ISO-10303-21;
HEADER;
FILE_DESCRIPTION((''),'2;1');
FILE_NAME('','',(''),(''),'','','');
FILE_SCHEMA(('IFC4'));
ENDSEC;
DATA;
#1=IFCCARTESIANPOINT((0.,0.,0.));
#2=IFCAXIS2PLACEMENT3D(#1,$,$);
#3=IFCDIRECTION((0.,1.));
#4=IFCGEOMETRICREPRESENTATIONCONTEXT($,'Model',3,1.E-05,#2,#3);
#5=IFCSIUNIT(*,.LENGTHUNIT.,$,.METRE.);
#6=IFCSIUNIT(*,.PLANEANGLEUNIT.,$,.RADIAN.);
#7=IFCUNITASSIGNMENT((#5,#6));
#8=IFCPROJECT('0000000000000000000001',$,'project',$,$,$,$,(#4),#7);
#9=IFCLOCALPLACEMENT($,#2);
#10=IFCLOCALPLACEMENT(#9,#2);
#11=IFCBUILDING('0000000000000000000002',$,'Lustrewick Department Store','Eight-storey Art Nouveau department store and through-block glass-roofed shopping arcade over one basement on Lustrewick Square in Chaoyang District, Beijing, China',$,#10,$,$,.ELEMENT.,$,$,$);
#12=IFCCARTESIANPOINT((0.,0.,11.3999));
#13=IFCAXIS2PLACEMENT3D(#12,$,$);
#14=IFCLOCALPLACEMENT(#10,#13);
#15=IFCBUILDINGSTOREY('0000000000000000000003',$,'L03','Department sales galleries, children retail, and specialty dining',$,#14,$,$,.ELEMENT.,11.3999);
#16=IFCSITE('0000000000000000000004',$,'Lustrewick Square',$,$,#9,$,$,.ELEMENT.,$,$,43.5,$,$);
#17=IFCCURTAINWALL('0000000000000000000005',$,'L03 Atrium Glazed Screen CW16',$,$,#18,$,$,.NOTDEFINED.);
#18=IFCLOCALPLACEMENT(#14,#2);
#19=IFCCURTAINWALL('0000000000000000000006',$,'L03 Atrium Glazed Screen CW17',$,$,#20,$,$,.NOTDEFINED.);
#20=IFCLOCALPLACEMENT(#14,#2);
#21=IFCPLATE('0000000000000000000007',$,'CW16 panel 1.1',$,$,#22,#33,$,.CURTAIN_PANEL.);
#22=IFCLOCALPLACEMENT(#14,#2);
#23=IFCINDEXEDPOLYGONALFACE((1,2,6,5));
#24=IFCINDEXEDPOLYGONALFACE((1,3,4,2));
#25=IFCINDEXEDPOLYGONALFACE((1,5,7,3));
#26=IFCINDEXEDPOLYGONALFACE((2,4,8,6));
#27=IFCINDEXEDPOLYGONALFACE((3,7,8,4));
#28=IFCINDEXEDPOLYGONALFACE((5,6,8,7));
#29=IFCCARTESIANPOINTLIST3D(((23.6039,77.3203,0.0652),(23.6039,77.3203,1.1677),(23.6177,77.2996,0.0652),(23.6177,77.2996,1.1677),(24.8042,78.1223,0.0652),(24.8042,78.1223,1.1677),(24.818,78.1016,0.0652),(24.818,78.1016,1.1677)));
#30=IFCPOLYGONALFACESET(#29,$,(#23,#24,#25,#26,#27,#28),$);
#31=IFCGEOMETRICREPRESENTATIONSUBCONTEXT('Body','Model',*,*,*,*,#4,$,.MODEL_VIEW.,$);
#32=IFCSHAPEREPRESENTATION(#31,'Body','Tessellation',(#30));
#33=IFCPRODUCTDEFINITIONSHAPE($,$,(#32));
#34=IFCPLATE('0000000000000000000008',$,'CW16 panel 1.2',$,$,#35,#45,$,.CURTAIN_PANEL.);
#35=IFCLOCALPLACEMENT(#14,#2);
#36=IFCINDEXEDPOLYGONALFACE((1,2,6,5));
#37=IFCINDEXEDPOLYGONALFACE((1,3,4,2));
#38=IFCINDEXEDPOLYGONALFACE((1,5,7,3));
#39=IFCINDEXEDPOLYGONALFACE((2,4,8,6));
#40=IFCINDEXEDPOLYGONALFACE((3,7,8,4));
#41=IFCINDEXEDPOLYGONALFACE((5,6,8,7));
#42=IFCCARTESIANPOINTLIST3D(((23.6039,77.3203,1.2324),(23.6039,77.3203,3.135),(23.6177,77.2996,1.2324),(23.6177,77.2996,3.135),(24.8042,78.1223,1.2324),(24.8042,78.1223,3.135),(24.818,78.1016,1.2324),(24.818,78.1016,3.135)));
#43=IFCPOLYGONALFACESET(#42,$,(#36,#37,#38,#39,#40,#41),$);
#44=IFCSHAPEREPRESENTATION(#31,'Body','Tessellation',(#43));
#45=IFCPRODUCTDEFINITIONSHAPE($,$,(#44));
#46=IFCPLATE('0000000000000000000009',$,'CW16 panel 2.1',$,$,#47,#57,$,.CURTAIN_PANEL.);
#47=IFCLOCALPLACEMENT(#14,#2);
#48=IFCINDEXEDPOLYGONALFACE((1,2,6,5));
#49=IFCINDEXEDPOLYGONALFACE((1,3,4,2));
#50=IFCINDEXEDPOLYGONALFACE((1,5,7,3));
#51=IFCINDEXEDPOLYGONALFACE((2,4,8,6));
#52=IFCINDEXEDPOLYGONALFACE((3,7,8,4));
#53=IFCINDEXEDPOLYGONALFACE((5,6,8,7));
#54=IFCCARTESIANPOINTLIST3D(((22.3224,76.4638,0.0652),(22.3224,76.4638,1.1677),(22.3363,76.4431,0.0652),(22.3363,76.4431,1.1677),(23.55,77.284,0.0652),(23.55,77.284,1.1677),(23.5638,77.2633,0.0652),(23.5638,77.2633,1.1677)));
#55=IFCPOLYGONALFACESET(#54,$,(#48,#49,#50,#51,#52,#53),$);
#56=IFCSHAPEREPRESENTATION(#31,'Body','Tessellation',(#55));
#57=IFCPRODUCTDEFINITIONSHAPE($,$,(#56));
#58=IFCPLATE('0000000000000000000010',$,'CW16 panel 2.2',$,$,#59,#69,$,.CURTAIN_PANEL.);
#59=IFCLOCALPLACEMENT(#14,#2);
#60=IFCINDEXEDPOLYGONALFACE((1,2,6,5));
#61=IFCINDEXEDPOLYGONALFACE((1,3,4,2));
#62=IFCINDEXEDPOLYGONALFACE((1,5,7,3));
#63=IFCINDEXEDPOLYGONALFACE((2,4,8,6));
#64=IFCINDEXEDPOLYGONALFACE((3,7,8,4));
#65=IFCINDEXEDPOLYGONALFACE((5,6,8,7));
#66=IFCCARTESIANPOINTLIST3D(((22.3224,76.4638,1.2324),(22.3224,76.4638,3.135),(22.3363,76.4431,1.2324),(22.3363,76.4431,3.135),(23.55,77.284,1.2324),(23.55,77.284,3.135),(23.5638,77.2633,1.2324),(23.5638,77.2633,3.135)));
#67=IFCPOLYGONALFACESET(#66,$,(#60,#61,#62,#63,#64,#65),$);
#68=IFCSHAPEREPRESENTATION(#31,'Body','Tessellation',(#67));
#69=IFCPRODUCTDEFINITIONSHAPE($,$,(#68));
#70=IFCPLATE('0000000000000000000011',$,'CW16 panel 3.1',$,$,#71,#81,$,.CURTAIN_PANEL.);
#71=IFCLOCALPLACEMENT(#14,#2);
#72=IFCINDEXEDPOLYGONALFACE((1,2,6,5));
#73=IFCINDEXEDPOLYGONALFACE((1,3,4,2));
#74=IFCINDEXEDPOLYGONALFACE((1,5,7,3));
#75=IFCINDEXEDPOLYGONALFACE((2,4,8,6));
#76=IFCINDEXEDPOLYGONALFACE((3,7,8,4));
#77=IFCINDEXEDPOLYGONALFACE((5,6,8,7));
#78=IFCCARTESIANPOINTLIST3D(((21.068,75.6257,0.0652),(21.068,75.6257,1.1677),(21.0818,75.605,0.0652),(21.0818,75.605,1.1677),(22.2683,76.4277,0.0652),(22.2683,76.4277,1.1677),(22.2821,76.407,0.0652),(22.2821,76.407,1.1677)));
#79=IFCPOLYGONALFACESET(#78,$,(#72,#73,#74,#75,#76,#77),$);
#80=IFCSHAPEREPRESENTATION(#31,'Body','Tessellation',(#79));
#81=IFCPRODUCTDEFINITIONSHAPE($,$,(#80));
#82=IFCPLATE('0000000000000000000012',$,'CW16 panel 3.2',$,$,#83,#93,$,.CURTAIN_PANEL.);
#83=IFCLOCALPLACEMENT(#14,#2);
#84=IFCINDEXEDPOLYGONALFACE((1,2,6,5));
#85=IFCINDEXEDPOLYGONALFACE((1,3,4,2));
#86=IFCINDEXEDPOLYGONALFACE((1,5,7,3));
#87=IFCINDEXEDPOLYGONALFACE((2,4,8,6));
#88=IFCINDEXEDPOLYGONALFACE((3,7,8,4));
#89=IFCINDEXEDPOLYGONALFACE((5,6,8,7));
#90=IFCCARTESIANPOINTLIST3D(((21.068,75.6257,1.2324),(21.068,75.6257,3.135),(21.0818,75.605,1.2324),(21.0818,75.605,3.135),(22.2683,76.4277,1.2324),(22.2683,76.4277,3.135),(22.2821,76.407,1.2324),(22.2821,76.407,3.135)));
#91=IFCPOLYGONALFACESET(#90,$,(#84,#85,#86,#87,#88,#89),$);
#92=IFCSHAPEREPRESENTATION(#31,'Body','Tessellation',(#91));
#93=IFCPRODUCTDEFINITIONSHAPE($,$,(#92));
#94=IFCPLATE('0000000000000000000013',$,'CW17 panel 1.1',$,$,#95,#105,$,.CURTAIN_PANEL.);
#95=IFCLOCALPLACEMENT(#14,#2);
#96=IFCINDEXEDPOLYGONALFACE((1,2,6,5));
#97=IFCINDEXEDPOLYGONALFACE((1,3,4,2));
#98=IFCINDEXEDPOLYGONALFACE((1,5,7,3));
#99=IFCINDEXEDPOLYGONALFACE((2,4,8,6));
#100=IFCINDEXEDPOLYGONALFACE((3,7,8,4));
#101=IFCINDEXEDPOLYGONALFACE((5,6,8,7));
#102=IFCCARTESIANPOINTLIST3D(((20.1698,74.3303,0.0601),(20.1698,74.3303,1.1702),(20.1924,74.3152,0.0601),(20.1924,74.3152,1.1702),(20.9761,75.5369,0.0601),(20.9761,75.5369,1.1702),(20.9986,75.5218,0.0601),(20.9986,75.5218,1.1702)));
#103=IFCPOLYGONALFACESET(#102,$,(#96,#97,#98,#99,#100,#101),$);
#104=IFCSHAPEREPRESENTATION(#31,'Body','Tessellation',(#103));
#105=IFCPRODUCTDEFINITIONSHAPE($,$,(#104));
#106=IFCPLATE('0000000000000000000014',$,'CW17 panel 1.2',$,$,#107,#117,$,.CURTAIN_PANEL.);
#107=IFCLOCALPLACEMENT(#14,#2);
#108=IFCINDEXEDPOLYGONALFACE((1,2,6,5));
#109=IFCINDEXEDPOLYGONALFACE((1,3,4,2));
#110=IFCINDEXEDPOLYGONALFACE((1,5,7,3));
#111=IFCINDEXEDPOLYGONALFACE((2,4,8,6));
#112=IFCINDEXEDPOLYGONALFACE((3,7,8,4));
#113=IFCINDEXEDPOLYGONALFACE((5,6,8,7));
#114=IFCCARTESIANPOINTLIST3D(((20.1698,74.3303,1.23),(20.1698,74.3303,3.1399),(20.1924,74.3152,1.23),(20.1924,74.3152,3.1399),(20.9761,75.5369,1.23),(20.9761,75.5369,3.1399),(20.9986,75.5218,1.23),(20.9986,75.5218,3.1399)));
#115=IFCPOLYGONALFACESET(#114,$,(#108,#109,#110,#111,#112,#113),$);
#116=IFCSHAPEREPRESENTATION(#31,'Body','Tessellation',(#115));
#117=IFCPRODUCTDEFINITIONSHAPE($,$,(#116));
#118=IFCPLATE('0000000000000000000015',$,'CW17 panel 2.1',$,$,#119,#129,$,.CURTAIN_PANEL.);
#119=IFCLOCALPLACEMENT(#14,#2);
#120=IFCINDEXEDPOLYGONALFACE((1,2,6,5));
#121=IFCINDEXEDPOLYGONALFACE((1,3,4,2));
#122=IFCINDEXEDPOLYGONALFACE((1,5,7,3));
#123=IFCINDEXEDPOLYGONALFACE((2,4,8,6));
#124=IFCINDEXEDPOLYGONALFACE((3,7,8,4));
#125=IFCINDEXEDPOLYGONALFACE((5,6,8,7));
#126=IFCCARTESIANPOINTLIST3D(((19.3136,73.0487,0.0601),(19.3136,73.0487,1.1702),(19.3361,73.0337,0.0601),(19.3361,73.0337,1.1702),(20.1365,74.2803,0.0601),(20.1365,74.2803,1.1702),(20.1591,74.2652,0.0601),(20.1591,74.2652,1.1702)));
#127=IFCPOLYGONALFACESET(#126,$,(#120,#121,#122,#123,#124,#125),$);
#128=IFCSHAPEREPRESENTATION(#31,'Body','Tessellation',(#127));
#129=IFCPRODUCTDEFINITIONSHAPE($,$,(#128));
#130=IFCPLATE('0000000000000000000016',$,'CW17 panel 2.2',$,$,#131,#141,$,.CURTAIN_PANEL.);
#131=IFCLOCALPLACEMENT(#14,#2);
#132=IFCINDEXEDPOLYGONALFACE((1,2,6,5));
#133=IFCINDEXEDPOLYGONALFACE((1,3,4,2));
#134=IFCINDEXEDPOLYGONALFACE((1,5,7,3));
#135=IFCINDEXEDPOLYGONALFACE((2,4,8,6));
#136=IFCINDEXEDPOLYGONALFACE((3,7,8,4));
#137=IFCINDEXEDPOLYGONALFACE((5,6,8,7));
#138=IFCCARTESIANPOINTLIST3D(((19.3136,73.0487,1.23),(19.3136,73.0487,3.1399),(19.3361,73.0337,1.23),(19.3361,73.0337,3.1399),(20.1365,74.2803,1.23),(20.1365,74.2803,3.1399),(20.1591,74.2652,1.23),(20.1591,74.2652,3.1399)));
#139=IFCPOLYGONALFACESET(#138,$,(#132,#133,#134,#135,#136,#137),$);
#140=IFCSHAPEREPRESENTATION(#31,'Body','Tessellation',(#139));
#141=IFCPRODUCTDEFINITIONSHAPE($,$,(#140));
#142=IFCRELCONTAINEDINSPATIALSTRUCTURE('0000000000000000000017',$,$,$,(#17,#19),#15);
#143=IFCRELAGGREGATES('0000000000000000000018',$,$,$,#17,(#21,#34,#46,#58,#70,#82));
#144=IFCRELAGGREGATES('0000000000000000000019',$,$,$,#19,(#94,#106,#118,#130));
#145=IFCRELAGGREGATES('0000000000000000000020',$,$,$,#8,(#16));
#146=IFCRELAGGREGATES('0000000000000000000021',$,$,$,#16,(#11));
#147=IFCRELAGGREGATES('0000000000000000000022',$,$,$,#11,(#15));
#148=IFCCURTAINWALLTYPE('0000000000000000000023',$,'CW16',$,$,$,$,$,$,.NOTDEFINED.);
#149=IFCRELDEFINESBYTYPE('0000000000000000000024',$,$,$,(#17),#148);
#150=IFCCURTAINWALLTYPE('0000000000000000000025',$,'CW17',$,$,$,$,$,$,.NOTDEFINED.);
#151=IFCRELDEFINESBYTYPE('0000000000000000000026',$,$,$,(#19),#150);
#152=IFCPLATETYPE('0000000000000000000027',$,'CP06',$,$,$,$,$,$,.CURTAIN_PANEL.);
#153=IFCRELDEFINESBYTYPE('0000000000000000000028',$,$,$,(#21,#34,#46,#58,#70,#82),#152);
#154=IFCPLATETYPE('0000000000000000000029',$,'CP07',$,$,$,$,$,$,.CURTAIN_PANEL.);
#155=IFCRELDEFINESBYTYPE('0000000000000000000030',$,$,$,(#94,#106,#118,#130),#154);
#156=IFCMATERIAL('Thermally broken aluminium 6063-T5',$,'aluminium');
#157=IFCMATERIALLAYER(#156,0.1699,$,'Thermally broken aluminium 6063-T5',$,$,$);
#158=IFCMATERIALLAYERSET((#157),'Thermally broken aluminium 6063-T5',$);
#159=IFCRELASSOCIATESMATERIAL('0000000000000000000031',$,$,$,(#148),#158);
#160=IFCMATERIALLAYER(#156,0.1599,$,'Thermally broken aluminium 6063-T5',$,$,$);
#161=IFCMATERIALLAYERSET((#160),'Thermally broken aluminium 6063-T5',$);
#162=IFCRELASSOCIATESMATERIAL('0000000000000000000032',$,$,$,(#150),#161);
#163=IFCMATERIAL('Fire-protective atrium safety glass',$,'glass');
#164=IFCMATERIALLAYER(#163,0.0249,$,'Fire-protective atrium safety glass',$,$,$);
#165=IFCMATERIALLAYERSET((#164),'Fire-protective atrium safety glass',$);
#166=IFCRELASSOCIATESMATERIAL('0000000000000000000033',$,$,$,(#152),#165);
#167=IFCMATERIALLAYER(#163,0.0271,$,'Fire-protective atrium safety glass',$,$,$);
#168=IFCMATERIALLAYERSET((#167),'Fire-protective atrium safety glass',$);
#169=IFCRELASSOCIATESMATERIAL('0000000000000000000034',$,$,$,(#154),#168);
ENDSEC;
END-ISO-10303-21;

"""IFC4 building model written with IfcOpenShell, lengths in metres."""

from ifc_helpers import new_model, si_unit, direction, frame, origin, origin_2d, place, context, subcontext, project, spatial, rectangle, extrude, material, layer, layer_set, type_object, element, aggregate, save


model = new_model("IFC4")

# Units and contexts
model_context = context("Model", 3, precision=1e-05, world=origin(), true_north=direction((0.0, 1.0)))
body_context = subcontext(model_context, "Body", "Model", "MODEL_VIEW")
ifc_project = project(units=[si_unit("LENGTHUNIT", "METRE"), si_unit("PLANEANGLEUNIT", "RADIAN")], contexts=[model_context])

# Site, building, storey
site_placement = place(None, origin())
site = spatial("IfcSite", under=ifc_project, at=site_placement, Name="Lustrewick Square", CompositionType="ELEMENT", RefElevation=43.5)
building_placement = place(site_placement, origin())
building = spatial("IfcBuilding", under=site, at=building_placement, Name="Lustrewick Department Store", Description="Eight-storey Art Nouveau department store and through-block glass-roofed shopping arcade over one basement on Lustrewick Square in Chaoyang District, Beijing, China", CompositionType="ELEMENT")
storey_placement = place(building_placement, frame((0.0, 0.0, 11.3999)))
storey = spatial("IfcBuildingStorey", under=building, at=storey_placement, Name="L03", Description="Department sales galleries, children retail, and specialty dining", CompositionType="ELEMENT", Elevation=11.3999)

# Curtain walls
ifc_material_1 = material(Name="Thermally broken aluminium 6063-T5", Category="aluminium")
ifc_layer_1 = layer(ifc_material_1, 0.1699, Name="Thermally broken aluminium 6063-T5")
ifc_layer_set_1 = layer_set([ifc_layer_1], Name="Thermally broken aluminium 6063-T5")
curtain_wall_type_1 = type_object("IfcCurtainWallType", Name="CW16", PredefinedType="NOTDEFINED", material=ifc_layer_set_1)
curtain_wall_1_placement = place(storey_placement, origin())
curtain_wall_1 = element("IfcCurtainWall", 1, at=curtain_wall_1_placement, inside=storey, type_object=curtain_wall_type_1, Name="L03 Atrium Glazed Screen CW16", PredefinedType="NOTDEFINED")
ifc_layer_2 = layer(ifc_material_1, 0.1599, Name="Thermally broken aluminium 6063-T5")
ifc_layer_set_2 = layer_set([ifc_layer_2], Name="Thermally broken aluminium 6063-T5")
curtain_wall_type_2 = type_object("IfcCurtainWallType", Name="CW17", PredefinedType="NOTDEFINED", material=ifc_layer_set_2)
curtain_wall_2_placement = place(storey_placement, origin())
curtain_wall_2 = element("IfcCurtainWall", 2, at=curtain_wall_2_placement, inside=storey, type_object=curtain_wall_type_2, Name="L03 Atrium Glazed Screen CW17", PredefinedType="NOTDEFINED")

# Plates
ifc_material_2 = material(Name="Fire-protective atrium safety glass", Category="glass")
ifc_layer_3 = layer(ifc_material_2, 0.0249, Name="Fire-protective atrium safety glass")
ifc_layer_set_3 = layer_set([ifc_layer_3], Name="Fire-protective atrium safety glass")
plate_type_1 = type_object("IfcPlateType", Name="CP06", PredefinedType="CURTAIN_PANEL", material=ifc_layer_set_3)
plate_1_placement = place(storey_placement, frame((24.2109, 77.7109, 0.0652), z_axis=(0.0, 0.0, 1.0), x_axis=(-0.831464, -0.555578, 0.0)))
plate_1 = element("IfcPlate", 3, at=plate_1_placement, type_object=plate_type_1, Name="CW16 panel 1.1", PredefinedType="CURTAIN_PANEL", context=body_context, shape_type="SweptSolid", body=[
    extrude(rectangle(XDim=1.4436, YDim=0.0249, at=origin_2d()), origin(), (0.0, 0.0, 1.0), 1.1025),
])
plate_2_placement = place(storey_placement, frame((24.2109, 77.7109, 1.2324), z_axis=(0.0, 0.0, 1.0), x_axis=(-0.831464, -0.555578, 0.0)))
plate_2 = element("IfcPlate", 4, at=plate_2_placement, type_object=plate_type_1, Name="CW16 panel 1.2", PredefinedType="CURTAIN_PANEL", context=body_context, shape_type="SweptSolid", body=[
    extrude(rectangle(XDim=1.4436, YDim=0.0249, at=origin_2d()), origin(), (0.0, 0.0, 1.0), 1.9026),
])
plate_3_placement = place(storey_placement, frame((22.9431, 76.8635, 0.0652), z_axis=(0.0, 0.0, 1.0), x_axis=(-0.831464, -0.555578, 0.0)))
plate_3 = element("IfcPlate", 5, at=plate_3_placement, type_object=plate_type_1, Name="CW16 panel 2.1", PredefinedType="CURTAIN_PANEL", context=body_context, shape_type="SweptSolid", body=[
    extrude(rectangle(XDim=1.4763, YDim=0.0249, at=origin_2d()), origin(), (0.0, 0.0, 1.0), 1.1025),
])
plate_4_placement = place(storey_placement, frame((22.9431, 76.8635, 1.2324), z_axis=(0.0, 0.0, 1.0), x_axis=(-0.831464, -0.555578, 0.0)))
plate_4 = element("IfcPlate", 6, at=plate_4_placement, type_object=plate_type_1, Name="CW16 panel 2.2", PredefinedType="CURTAIN_PANEL", context=body_context, shape_type="SweptSolid", body=[
    extrude(rectangle(XDim=1.4763, YDim=0.0249, at=origin_2d()), origin(), (0.0, 0.0, 1.0), 1.9026),
])
plate_5_placement = place(storey_placement, frame((21.675, 76.0164, 0.0652), z_axis=(0.0, 0.0, 1.0), x_axis=(-0.831464, -0.555578, 0.0)))
plate_5 = element("IfcPlate", 7, at=plate_5_placement, type_object=plate_type_1, Name="CW16 panel 3.1", PredefinedType="CURTAIN_PANEL", context=body_context, shape_type="SweptSolid", body=[
    extrude(rectangle(XDim=1.4436, YDim=0.0249, at=origin_2d()), origin(), (0.0, 0.0, 1.0), 1.1025),
])
plate_6_placement = place(storey_placement, frame((21.675, 76.0164, 1.2324), z_axis=(0.0, 0.0, 1.0), x_axis=(-0.831464, -0.555578, 0.0)))
plate_6 = element("IfcPlate", 8, at=plate_6_placement, type_object=plate_type_1, Name="CW16 panel 3.2", PredefinedType="CURTAIN_PANEL", context=body_context, shape_type="SweptSolid", body=[
    extrude(rectangle(XDim=1.4436, YDim=0.0249, at=origin_2d()), origin(), (0.0, 0.0, 1.0), 1.9026),
])
aggregate(curtain_wall_1, [plate_1, plate_2, plate_3, plate_4, plate_5, plate_6])
ifc_layer_4 = layer(ifc_material_2, 0.0271, Name="Fire-protective atrium safety glass")
ifc_layer_set_4 = layer_set([ifc_layer_4], Name="Fire-protective atrium safety glass")
plate_type_2 = type_object("IfcPlateType", Name="CP07", PredefinedType="CURTAIN_PANEL", material=ifc_layer_set_4)
plate_7_placement = place(storey_placement, frame((20.5842, 74.926, 0.0601), z_axis=(0.0, 0.0, 1.0), x_axis=(-0.555578, -0.831464, 0.0)))
plate_7 = element("IfcPlate", 9, at=plate_7_placement, type_object=plate_type_2, Name="CW17 panel 1.1", PredefinedType="CURTAIN_PANEL", context=body_context, shape_type="SweptSolid", body=[
    extrude(rectangle(XDim=1.4512, YDim=0.0271, at=origin_2d()), origin(), (0.0, 0.0, 1.0), 1.1101),
])
plate_8_placement = place(storey_placement, frame((20.5842, 74.926, 1.23), z_axis=(0.0, 0.0, 1.0), x_axis=(-0.555578, -0.831464, 0.0)))
plate_8 = element("IfcPlate", 10, at=plate_8_placement, type_object=plate_type_2, Name="CW17 panel 1.2", PredefinedType="CURTAIN_PANEL", context=body_context, shape_type="SweptSolid", body=[
    extrude(rectangle(XDim=1.4512, YDim=0.0271, at=origin_2d()), origin(), (0.0, 0.0, 1.0), 1.9099),
])
plate_9_placement = place(storey_placement, frame((19.7363, 73.657, 0.0601), z_axis=(0.0, 0.0, 1.0), x_axis=(-0.555578, -0.831464, 0.0)))
plate_9 = element("IfcPlate", 11, at=plate_9_placement, type_object=plate_type_2, Name="CW17 panel 2.1", PredefinedType="CURTAIN_PANEL", context=body_context, shape_type="SweptSolid", body=[
    extrude(rectangle(XDim=1.4812, YDim=0.0271, at=origin_2d()), origin(), (0.0, 0.0, 1.0), 1.1101),
])
plate_10_placement = place(storey_placement, frame((19.7363, 73.657, 1.23), z_axis=(0.0, 0.0, 1.0), x_axis=(-0.555578, -0.831464, 0.0)))
plate_10 = element("IfcPlate", 12, at=plate_10_placement, type_object=plate_type_2, Name="CW17 panel 2.2", PredefinedType="CURTAIN_PANEL", context=body_context, shape_type="SweptSolid", body=[
    extrude(rectangle(XDim=1.4812, YDim=0.0271, at=origin_2d()), origin(), (0.0, 0.0, 1.0), 1.9099),
])
aggregate(curtain_wall_2, [plate_7, plate_8, plate_9, plate_10])

save(model, "model.ifc")
